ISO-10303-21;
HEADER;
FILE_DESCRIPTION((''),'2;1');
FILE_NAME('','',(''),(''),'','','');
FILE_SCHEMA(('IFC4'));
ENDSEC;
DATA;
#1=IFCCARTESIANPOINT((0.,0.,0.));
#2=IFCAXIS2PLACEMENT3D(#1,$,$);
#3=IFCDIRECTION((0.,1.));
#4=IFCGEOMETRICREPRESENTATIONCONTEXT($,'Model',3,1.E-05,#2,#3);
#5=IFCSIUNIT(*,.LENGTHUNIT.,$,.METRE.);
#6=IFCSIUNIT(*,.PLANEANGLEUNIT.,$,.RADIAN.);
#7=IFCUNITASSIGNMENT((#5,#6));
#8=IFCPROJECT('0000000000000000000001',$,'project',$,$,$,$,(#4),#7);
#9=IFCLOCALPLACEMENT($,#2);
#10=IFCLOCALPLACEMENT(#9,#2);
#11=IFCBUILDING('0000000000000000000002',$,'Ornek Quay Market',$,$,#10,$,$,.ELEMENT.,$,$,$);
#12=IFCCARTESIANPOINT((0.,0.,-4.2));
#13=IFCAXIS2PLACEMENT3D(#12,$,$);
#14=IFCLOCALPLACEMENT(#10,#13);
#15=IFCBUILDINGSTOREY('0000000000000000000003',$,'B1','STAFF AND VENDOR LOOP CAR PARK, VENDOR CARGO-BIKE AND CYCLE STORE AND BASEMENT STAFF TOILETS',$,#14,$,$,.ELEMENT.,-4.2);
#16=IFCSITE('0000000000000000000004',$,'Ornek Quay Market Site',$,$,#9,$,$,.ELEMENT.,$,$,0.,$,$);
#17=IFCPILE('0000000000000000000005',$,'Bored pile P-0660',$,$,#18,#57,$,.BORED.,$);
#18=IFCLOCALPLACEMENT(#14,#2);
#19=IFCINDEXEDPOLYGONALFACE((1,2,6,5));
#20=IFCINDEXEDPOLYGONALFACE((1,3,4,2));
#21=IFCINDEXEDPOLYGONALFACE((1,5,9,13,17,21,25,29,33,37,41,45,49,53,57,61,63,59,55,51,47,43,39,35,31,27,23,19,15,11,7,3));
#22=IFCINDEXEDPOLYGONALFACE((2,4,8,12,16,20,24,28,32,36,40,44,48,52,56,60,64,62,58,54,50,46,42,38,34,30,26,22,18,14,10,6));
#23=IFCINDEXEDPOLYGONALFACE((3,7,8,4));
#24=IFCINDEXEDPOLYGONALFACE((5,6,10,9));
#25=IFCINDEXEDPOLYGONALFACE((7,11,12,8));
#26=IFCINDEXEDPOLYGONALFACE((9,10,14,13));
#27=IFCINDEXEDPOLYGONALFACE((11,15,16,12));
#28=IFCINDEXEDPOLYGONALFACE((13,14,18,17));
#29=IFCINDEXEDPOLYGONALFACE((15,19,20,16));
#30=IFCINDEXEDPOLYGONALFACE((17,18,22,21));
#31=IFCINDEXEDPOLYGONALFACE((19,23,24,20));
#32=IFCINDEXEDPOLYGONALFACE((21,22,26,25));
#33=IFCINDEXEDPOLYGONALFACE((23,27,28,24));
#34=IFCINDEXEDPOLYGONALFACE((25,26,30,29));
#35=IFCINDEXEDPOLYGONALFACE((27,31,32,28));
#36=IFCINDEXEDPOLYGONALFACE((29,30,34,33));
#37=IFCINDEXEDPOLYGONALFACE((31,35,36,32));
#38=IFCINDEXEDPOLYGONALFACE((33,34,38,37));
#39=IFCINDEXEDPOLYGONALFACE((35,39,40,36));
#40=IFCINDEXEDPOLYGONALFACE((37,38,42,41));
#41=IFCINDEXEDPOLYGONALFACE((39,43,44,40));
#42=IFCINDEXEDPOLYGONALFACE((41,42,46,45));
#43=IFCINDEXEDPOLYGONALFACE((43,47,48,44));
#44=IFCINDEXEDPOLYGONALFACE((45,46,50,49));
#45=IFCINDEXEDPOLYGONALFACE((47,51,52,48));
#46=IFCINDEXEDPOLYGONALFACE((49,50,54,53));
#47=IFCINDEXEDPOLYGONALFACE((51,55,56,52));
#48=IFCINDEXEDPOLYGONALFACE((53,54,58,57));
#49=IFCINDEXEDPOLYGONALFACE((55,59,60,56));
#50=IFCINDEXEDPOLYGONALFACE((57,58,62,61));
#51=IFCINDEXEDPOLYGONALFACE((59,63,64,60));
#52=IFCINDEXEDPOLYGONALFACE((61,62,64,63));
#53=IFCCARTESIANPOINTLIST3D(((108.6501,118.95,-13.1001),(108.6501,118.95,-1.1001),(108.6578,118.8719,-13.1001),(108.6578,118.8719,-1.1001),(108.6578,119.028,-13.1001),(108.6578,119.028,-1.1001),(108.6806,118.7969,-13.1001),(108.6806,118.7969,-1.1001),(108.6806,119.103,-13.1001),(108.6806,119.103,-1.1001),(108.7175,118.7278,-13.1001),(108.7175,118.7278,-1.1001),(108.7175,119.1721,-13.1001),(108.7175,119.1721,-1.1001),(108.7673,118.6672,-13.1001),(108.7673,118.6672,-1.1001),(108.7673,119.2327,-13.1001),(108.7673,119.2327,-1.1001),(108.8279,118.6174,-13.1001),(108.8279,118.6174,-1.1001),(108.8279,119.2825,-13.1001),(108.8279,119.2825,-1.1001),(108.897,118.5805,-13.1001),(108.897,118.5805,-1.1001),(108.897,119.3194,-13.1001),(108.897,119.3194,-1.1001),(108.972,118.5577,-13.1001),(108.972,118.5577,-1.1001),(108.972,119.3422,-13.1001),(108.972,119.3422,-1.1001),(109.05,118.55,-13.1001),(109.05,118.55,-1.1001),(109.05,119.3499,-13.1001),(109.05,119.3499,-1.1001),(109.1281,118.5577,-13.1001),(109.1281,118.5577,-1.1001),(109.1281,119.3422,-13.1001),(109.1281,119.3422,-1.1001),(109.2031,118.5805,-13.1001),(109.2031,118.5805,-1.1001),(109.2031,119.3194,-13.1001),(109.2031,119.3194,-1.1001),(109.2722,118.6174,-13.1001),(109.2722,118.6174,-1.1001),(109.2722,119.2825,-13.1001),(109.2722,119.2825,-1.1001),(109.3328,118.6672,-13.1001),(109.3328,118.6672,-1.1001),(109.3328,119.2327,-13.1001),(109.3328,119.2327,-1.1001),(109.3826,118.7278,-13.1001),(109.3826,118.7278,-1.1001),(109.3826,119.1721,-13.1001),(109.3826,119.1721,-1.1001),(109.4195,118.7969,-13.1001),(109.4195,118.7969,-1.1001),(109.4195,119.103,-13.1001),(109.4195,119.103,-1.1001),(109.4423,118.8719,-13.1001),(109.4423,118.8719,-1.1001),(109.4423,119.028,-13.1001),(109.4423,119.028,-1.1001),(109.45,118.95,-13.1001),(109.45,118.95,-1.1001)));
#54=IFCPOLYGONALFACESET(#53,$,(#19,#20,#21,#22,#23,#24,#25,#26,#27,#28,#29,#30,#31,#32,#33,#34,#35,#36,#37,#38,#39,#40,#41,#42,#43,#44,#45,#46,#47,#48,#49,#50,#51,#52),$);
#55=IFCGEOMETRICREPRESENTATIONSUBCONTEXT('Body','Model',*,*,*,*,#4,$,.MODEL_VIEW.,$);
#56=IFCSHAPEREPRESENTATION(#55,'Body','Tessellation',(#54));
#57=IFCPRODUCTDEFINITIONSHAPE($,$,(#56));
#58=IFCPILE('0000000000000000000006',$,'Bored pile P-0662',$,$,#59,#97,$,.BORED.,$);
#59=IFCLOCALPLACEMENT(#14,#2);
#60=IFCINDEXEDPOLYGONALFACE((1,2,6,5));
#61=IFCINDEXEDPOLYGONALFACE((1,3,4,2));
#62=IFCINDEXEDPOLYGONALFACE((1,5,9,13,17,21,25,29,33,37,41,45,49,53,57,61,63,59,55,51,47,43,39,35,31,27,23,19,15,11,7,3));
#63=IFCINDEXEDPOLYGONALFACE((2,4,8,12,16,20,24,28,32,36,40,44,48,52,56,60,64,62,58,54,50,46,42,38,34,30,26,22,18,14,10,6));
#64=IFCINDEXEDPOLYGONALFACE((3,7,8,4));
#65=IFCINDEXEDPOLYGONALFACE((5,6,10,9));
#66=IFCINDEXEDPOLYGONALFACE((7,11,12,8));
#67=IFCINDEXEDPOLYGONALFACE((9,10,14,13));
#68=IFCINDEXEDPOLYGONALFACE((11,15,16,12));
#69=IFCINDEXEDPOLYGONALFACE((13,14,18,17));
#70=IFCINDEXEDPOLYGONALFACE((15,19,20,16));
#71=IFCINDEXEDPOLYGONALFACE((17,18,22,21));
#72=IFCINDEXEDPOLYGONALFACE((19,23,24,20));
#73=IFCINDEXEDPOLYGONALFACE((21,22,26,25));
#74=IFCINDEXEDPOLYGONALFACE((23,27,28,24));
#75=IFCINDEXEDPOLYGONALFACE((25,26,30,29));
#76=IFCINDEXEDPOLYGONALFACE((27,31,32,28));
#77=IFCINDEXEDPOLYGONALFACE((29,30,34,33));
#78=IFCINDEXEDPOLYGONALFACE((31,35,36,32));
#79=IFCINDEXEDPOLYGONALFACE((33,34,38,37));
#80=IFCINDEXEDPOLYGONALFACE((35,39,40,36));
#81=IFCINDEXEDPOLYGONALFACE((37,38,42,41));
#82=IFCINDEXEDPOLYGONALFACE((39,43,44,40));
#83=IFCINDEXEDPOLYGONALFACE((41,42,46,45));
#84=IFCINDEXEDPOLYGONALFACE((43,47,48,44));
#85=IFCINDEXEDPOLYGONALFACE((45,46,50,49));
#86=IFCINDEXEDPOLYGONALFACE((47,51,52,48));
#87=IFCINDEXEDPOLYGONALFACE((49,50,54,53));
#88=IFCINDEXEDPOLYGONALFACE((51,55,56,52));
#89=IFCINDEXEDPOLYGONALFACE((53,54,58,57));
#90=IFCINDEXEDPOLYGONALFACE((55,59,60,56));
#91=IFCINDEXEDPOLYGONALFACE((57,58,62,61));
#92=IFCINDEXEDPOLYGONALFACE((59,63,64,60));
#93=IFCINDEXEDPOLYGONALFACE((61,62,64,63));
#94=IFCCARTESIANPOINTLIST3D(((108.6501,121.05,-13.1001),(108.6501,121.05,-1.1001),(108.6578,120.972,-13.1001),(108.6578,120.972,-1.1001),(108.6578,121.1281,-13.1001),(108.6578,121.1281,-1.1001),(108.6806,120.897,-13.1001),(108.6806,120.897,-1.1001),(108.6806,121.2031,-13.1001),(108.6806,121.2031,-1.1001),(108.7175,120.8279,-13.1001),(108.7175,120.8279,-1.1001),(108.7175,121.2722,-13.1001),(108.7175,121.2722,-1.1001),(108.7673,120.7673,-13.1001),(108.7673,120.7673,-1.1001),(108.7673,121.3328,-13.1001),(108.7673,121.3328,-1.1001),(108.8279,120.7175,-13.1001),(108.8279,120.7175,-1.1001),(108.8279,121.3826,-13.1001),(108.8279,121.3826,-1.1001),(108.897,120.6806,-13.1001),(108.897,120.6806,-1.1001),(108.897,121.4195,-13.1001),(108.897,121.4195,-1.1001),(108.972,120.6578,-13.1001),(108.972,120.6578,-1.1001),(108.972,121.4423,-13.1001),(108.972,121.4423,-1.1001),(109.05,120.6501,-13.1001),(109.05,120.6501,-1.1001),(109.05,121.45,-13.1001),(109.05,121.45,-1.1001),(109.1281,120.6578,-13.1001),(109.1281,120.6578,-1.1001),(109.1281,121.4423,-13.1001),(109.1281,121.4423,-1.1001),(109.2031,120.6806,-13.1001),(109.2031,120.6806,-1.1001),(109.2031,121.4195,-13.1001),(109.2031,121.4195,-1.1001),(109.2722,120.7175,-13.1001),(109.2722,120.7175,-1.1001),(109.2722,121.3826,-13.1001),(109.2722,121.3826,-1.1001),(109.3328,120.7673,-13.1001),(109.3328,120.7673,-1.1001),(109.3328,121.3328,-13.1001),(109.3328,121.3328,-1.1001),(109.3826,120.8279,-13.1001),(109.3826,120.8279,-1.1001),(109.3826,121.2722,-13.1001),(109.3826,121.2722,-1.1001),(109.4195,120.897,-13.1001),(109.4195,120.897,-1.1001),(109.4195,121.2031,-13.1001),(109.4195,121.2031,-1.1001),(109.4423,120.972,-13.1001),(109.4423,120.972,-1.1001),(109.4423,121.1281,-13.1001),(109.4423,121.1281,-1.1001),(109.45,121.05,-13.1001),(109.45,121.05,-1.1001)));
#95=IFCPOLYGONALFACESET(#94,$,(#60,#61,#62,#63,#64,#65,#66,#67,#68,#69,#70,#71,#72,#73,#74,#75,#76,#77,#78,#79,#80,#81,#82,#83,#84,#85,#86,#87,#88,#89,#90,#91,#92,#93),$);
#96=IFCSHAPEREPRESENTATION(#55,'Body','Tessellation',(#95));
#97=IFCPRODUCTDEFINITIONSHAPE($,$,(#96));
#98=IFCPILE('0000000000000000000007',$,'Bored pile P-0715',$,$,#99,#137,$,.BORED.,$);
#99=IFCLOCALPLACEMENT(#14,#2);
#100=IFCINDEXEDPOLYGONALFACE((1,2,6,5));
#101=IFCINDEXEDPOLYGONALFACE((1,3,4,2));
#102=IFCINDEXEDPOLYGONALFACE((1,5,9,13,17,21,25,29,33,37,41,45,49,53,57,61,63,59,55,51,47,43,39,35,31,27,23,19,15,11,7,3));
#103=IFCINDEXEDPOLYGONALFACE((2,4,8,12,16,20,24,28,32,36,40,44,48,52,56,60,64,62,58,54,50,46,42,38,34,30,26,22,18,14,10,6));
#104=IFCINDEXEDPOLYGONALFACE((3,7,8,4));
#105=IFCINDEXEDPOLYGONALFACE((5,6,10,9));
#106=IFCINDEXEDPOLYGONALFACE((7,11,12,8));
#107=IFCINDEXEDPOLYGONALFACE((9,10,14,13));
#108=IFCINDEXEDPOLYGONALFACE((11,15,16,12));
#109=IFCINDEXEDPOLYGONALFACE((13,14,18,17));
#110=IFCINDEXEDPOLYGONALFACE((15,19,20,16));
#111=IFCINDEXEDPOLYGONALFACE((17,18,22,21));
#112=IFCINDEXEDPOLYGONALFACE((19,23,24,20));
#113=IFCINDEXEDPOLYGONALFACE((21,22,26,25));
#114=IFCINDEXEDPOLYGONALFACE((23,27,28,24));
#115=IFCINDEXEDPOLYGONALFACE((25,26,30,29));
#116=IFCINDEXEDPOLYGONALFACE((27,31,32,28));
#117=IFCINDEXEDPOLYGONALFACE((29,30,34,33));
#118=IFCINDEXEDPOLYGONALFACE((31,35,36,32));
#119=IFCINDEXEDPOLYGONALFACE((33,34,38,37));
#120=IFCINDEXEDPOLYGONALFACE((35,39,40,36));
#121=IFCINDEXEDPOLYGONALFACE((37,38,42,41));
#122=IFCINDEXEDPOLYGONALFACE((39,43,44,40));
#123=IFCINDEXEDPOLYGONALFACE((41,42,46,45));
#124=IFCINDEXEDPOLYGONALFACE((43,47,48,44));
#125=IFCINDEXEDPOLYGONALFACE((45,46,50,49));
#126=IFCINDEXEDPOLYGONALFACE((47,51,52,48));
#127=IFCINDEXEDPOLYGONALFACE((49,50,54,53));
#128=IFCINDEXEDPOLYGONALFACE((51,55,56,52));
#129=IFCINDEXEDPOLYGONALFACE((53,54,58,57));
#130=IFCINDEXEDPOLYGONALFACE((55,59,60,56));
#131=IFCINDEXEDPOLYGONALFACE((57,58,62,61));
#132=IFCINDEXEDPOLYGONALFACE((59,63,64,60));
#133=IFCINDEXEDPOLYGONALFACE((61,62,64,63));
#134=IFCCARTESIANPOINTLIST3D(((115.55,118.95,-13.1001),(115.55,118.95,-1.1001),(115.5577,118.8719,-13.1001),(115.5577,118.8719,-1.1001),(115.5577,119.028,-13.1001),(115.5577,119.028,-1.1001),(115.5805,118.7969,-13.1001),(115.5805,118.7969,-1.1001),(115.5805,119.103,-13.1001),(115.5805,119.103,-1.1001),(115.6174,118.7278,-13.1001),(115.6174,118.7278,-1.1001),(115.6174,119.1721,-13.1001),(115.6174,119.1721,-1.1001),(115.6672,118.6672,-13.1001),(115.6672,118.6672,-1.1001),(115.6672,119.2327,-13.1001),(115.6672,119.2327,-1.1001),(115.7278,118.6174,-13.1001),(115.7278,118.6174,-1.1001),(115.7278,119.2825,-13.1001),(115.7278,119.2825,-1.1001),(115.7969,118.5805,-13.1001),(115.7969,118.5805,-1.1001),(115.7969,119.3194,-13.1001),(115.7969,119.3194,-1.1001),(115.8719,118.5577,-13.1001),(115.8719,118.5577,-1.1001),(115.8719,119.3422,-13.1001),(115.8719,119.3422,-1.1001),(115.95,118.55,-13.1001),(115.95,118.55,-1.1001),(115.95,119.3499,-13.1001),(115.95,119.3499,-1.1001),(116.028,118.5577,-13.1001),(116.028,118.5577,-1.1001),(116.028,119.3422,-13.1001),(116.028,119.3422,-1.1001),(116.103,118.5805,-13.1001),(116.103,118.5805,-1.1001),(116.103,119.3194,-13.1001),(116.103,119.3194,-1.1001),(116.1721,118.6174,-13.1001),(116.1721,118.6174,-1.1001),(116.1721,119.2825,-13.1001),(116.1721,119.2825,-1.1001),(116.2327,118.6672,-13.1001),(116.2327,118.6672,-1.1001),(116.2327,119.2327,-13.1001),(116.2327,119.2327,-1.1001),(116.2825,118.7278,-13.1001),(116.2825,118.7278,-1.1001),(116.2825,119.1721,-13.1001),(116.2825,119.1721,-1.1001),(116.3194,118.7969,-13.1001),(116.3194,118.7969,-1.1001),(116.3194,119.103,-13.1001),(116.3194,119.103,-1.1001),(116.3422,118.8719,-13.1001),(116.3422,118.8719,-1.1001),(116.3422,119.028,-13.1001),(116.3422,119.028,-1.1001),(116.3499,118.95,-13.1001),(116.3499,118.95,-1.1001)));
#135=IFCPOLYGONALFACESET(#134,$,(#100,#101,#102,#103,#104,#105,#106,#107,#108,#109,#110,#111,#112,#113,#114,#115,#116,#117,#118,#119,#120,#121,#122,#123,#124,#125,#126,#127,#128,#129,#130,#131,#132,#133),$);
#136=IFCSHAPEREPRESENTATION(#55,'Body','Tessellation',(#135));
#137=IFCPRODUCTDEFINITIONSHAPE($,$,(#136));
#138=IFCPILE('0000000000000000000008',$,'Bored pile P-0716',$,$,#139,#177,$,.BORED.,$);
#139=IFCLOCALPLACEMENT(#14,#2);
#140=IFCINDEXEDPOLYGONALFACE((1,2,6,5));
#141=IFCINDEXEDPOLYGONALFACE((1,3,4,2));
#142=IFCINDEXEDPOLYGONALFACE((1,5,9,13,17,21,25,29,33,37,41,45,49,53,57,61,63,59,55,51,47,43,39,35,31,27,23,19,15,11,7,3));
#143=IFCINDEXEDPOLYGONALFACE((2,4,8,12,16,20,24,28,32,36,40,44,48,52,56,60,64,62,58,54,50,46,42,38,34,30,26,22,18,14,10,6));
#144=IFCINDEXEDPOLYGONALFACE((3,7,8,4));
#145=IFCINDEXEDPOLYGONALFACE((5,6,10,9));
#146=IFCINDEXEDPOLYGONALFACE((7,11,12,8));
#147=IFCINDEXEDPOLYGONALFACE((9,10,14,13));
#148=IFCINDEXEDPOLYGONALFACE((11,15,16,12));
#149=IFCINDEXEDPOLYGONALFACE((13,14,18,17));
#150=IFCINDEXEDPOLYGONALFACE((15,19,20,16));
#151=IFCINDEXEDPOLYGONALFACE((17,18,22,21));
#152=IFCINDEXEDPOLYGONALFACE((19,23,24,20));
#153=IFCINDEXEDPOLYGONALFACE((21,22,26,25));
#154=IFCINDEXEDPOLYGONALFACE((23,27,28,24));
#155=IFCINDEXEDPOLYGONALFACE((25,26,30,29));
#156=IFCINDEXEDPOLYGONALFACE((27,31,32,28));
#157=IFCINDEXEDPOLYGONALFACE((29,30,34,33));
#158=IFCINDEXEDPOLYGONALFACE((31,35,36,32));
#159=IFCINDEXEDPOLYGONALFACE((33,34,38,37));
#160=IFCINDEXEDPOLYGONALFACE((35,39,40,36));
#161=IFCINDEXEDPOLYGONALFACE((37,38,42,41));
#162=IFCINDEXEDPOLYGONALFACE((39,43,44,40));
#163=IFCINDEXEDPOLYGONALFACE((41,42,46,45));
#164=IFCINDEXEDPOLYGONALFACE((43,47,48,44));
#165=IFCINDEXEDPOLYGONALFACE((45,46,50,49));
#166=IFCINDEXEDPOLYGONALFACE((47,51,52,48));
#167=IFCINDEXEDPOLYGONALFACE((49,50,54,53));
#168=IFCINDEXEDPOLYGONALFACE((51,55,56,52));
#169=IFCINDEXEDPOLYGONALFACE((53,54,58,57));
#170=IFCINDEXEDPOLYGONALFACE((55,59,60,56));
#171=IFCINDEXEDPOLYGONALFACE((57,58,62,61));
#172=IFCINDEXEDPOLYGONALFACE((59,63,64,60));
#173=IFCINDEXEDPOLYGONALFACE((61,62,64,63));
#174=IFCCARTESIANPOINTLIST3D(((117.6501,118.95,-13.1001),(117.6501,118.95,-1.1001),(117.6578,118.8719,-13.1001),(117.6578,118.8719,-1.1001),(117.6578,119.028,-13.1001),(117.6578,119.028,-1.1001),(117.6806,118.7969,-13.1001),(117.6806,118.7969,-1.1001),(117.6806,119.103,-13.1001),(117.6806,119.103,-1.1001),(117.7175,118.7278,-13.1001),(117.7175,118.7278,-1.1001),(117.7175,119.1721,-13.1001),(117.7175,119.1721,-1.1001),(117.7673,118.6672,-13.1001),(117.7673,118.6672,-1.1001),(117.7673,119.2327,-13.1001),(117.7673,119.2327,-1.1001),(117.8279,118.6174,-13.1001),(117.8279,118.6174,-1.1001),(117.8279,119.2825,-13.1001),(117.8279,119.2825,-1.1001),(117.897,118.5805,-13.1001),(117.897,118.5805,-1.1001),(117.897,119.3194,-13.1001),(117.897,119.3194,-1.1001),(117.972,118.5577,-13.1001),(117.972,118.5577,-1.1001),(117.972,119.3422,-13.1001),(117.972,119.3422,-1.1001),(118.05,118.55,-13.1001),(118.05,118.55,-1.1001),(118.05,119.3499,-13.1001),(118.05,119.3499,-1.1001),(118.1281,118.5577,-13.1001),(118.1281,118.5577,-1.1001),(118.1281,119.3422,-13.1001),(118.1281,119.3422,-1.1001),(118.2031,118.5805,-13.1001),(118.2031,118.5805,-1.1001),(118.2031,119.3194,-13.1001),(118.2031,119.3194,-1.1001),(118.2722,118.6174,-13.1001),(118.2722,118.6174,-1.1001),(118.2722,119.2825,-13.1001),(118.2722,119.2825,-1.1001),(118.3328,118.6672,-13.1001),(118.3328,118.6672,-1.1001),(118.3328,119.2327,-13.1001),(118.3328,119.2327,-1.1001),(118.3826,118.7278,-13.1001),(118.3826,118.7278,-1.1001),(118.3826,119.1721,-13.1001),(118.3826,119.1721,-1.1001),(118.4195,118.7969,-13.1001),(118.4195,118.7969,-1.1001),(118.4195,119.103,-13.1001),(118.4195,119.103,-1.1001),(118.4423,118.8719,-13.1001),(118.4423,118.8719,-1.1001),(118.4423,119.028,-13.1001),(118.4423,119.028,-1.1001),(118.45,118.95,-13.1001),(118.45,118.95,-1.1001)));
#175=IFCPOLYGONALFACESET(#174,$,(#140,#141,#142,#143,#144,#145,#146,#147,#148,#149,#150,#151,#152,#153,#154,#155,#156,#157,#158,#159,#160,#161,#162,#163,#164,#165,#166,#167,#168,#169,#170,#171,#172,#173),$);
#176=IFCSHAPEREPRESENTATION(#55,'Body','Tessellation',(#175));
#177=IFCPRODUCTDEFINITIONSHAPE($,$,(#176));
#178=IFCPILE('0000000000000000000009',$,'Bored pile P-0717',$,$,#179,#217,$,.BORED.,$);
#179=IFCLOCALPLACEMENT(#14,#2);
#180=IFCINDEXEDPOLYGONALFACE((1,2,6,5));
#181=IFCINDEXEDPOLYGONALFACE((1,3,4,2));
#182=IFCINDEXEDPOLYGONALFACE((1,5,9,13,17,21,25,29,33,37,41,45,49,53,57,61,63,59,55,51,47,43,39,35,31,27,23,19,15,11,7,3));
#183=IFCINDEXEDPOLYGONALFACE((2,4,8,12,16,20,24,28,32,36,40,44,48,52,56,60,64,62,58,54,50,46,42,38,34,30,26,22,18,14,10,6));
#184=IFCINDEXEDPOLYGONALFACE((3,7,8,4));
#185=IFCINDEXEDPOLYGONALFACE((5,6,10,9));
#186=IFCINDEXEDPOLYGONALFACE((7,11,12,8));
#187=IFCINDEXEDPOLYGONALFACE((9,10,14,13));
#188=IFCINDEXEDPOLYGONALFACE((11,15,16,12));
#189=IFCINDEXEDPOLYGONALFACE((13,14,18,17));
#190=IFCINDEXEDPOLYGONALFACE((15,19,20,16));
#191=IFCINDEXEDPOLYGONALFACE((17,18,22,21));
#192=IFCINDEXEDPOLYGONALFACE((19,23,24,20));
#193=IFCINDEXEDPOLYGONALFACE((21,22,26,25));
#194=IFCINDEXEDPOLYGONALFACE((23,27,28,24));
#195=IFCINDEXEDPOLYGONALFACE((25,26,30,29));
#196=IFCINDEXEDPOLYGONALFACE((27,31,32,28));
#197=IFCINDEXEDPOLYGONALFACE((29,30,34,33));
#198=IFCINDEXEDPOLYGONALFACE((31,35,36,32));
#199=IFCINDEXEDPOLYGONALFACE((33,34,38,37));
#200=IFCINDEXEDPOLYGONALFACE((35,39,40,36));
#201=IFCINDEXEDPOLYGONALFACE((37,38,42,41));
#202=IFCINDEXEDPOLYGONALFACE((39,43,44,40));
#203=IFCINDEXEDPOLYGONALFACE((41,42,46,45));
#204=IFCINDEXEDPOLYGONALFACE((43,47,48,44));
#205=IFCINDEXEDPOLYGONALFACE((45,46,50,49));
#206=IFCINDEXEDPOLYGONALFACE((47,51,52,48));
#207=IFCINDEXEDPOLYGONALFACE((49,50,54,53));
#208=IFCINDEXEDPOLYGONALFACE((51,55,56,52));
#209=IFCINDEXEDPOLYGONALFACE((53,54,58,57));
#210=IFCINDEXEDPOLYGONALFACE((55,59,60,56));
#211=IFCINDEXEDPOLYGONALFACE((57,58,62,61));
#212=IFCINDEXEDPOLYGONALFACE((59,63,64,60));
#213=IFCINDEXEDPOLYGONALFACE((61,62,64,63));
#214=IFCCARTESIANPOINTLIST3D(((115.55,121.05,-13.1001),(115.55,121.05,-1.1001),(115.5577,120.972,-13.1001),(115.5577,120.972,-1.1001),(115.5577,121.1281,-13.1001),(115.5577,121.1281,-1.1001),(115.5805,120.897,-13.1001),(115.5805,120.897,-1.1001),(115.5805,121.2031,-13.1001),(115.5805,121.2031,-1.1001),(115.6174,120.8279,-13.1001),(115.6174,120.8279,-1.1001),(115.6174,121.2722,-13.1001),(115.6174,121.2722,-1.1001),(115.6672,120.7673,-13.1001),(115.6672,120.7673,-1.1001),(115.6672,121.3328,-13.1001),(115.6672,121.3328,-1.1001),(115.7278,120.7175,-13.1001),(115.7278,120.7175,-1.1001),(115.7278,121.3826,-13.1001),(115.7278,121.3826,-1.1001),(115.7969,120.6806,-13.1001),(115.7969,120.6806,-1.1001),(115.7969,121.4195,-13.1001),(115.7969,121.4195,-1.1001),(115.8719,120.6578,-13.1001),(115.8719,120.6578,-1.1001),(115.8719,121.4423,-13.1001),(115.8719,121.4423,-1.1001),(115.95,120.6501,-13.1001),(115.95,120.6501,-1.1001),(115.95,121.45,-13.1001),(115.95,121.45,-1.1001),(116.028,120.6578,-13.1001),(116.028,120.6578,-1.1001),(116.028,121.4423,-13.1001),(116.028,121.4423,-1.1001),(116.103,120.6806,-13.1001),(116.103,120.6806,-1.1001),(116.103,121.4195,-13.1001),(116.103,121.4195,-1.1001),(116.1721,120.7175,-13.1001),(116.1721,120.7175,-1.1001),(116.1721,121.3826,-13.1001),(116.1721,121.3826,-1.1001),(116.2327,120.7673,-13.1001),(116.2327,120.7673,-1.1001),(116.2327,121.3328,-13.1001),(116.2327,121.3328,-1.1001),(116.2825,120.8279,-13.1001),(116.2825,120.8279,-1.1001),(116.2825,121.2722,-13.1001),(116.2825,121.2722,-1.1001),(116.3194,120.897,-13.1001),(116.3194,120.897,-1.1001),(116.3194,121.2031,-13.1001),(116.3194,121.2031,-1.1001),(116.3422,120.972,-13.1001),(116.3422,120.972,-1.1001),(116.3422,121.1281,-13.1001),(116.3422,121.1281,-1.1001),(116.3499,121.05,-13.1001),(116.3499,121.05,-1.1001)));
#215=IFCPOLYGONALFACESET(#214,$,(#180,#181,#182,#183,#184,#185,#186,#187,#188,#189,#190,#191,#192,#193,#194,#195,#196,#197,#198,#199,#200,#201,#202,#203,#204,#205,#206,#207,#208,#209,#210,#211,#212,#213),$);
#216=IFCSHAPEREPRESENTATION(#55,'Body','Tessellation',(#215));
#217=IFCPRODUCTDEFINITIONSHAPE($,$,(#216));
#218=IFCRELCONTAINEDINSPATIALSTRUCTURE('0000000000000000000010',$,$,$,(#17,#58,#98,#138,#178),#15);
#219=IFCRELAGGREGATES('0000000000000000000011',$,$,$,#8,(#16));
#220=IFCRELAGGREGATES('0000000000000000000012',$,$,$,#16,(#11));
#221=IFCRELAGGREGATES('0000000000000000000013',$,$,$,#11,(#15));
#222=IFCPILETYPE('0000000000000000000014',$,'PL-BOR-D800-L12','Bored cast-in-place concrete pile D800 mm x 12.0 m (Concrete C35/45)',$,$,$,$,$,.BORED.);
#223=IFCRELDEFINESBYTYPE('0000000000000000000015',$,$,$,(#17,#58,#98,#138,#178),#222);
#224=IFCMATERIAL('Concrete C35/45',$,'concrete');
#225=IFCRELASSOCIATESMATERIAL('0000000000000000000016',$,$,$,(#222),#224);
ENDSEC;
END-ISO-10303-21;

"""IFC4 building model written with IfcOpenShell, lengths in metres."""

from ifc_helpers import new_model, si_unit, direction, frame, origin, origin_2d, place, context, subcontext, project, spatial, circle, extrude, material, material_profile, profile_set, type_object, element, save


model = new_model("IFC4")

# Units and contexts
model_context = context("Model", 3, precision=1e-05, world=origin(), true_north=direction((0.0, 1.0)))
body_context = subcontext(model_context, "Body", "Model", "MODEL_VIEW")
ifc_project = project(units=[si_unit("LENGTHUNIT", "METRE"), si_unit("PLANEANGLEUNIT", "RADIAN")], contexts=[model_context])

# Site, building, storey
site_placement = place(None, origin())
site = spatial("IfcSite", under=ifc_project, at=site_placement, Name="Ornek Quay Market Site", CompositionType="ELEMENT", RefElevation=0.0)
building_placement = place(site_placement, origin())
building = spatial("IfcBuilding", under=site, at=building_placement, Name="Ornek Quay Market", CompositionType="ELEMENT")
storey_placement = place(building_placement, frame((0.0, 0.0, -4.2)))
storey = spatial("IfcBuildingStorey", under=building, at=storey_placement, Name="B1", Description="STAFF AND VENDOR LOOP CAR PARK, VENDOR CARGO-BIKE AND CYCLE STORE AND BASEMENT STAFF TOILETS", CompositionType="ELEMENT", Elevation=-4.2)

# Piles
ifc_material_1 = material(Name="Concrete C35/45", Category="concrete")
ifc_material_profile_1 = material_profile(ifc_material_1, circle(Radius=0.3999, at=origin_2d()), Name="PILE D800", Category="concrete")
ifc_profile_set_1 = profile_set([ifc_material_profile_1], Name="Concrete C35/45")
pile_type_1 = type_object("IfcPileType", Name="PL-BOR-D800-L12", Description="Bored cast-in-place concrete pile D800 mm x 12.0 m (Concrete C35/45)", PredefinedType="BORED", material=ifc_profile_set_1)
for number, where, z_axis, x_axis, name in (
    (1, (109.05, 118.95, -1.1001), (0.0, 0.0, -1.0), (1.0, 0.0, 0.0), "Bored pile P-0660"),
    (2, (109.05, 121.05, -1.1001), (0.0, 0.0, -1.0), (1.0, 0.0, 0.0), "Bored pile P-0662"),
    (3, (115.95, 118.95, -1.1001), (0.0, 0.0, -1.0), (1.0, 0.0, 0.0), "Bored pile P-0715"),
    (4, (118.05, 118.95, -1.1001), (0.0, 0.0, -1.0), (1.0, 0.0, 0.0), "Bored pile P-0716"),
    (5, (115.95, 121.05, -1.1001), (0.0, 0.0, -1.0), (1.0, 0.0, 0.0), "Bored pile P-0717"),
):
    element("IfcPile", number, at=place(storey_placement, frame(where, z_axis=z_axis, x_axis=x_axis)), inside=storey, type_object=pile_type_1, Name=name, PredefinedType="BORED", context=body_context, shape_type="SweptSolid", body=[
        extrude(circle(Radius=0.3999, at=origin_2d()), origin(), (0.0, 0.0, 1.0), 12.0),
    ])

save(model, "model.ifc")
